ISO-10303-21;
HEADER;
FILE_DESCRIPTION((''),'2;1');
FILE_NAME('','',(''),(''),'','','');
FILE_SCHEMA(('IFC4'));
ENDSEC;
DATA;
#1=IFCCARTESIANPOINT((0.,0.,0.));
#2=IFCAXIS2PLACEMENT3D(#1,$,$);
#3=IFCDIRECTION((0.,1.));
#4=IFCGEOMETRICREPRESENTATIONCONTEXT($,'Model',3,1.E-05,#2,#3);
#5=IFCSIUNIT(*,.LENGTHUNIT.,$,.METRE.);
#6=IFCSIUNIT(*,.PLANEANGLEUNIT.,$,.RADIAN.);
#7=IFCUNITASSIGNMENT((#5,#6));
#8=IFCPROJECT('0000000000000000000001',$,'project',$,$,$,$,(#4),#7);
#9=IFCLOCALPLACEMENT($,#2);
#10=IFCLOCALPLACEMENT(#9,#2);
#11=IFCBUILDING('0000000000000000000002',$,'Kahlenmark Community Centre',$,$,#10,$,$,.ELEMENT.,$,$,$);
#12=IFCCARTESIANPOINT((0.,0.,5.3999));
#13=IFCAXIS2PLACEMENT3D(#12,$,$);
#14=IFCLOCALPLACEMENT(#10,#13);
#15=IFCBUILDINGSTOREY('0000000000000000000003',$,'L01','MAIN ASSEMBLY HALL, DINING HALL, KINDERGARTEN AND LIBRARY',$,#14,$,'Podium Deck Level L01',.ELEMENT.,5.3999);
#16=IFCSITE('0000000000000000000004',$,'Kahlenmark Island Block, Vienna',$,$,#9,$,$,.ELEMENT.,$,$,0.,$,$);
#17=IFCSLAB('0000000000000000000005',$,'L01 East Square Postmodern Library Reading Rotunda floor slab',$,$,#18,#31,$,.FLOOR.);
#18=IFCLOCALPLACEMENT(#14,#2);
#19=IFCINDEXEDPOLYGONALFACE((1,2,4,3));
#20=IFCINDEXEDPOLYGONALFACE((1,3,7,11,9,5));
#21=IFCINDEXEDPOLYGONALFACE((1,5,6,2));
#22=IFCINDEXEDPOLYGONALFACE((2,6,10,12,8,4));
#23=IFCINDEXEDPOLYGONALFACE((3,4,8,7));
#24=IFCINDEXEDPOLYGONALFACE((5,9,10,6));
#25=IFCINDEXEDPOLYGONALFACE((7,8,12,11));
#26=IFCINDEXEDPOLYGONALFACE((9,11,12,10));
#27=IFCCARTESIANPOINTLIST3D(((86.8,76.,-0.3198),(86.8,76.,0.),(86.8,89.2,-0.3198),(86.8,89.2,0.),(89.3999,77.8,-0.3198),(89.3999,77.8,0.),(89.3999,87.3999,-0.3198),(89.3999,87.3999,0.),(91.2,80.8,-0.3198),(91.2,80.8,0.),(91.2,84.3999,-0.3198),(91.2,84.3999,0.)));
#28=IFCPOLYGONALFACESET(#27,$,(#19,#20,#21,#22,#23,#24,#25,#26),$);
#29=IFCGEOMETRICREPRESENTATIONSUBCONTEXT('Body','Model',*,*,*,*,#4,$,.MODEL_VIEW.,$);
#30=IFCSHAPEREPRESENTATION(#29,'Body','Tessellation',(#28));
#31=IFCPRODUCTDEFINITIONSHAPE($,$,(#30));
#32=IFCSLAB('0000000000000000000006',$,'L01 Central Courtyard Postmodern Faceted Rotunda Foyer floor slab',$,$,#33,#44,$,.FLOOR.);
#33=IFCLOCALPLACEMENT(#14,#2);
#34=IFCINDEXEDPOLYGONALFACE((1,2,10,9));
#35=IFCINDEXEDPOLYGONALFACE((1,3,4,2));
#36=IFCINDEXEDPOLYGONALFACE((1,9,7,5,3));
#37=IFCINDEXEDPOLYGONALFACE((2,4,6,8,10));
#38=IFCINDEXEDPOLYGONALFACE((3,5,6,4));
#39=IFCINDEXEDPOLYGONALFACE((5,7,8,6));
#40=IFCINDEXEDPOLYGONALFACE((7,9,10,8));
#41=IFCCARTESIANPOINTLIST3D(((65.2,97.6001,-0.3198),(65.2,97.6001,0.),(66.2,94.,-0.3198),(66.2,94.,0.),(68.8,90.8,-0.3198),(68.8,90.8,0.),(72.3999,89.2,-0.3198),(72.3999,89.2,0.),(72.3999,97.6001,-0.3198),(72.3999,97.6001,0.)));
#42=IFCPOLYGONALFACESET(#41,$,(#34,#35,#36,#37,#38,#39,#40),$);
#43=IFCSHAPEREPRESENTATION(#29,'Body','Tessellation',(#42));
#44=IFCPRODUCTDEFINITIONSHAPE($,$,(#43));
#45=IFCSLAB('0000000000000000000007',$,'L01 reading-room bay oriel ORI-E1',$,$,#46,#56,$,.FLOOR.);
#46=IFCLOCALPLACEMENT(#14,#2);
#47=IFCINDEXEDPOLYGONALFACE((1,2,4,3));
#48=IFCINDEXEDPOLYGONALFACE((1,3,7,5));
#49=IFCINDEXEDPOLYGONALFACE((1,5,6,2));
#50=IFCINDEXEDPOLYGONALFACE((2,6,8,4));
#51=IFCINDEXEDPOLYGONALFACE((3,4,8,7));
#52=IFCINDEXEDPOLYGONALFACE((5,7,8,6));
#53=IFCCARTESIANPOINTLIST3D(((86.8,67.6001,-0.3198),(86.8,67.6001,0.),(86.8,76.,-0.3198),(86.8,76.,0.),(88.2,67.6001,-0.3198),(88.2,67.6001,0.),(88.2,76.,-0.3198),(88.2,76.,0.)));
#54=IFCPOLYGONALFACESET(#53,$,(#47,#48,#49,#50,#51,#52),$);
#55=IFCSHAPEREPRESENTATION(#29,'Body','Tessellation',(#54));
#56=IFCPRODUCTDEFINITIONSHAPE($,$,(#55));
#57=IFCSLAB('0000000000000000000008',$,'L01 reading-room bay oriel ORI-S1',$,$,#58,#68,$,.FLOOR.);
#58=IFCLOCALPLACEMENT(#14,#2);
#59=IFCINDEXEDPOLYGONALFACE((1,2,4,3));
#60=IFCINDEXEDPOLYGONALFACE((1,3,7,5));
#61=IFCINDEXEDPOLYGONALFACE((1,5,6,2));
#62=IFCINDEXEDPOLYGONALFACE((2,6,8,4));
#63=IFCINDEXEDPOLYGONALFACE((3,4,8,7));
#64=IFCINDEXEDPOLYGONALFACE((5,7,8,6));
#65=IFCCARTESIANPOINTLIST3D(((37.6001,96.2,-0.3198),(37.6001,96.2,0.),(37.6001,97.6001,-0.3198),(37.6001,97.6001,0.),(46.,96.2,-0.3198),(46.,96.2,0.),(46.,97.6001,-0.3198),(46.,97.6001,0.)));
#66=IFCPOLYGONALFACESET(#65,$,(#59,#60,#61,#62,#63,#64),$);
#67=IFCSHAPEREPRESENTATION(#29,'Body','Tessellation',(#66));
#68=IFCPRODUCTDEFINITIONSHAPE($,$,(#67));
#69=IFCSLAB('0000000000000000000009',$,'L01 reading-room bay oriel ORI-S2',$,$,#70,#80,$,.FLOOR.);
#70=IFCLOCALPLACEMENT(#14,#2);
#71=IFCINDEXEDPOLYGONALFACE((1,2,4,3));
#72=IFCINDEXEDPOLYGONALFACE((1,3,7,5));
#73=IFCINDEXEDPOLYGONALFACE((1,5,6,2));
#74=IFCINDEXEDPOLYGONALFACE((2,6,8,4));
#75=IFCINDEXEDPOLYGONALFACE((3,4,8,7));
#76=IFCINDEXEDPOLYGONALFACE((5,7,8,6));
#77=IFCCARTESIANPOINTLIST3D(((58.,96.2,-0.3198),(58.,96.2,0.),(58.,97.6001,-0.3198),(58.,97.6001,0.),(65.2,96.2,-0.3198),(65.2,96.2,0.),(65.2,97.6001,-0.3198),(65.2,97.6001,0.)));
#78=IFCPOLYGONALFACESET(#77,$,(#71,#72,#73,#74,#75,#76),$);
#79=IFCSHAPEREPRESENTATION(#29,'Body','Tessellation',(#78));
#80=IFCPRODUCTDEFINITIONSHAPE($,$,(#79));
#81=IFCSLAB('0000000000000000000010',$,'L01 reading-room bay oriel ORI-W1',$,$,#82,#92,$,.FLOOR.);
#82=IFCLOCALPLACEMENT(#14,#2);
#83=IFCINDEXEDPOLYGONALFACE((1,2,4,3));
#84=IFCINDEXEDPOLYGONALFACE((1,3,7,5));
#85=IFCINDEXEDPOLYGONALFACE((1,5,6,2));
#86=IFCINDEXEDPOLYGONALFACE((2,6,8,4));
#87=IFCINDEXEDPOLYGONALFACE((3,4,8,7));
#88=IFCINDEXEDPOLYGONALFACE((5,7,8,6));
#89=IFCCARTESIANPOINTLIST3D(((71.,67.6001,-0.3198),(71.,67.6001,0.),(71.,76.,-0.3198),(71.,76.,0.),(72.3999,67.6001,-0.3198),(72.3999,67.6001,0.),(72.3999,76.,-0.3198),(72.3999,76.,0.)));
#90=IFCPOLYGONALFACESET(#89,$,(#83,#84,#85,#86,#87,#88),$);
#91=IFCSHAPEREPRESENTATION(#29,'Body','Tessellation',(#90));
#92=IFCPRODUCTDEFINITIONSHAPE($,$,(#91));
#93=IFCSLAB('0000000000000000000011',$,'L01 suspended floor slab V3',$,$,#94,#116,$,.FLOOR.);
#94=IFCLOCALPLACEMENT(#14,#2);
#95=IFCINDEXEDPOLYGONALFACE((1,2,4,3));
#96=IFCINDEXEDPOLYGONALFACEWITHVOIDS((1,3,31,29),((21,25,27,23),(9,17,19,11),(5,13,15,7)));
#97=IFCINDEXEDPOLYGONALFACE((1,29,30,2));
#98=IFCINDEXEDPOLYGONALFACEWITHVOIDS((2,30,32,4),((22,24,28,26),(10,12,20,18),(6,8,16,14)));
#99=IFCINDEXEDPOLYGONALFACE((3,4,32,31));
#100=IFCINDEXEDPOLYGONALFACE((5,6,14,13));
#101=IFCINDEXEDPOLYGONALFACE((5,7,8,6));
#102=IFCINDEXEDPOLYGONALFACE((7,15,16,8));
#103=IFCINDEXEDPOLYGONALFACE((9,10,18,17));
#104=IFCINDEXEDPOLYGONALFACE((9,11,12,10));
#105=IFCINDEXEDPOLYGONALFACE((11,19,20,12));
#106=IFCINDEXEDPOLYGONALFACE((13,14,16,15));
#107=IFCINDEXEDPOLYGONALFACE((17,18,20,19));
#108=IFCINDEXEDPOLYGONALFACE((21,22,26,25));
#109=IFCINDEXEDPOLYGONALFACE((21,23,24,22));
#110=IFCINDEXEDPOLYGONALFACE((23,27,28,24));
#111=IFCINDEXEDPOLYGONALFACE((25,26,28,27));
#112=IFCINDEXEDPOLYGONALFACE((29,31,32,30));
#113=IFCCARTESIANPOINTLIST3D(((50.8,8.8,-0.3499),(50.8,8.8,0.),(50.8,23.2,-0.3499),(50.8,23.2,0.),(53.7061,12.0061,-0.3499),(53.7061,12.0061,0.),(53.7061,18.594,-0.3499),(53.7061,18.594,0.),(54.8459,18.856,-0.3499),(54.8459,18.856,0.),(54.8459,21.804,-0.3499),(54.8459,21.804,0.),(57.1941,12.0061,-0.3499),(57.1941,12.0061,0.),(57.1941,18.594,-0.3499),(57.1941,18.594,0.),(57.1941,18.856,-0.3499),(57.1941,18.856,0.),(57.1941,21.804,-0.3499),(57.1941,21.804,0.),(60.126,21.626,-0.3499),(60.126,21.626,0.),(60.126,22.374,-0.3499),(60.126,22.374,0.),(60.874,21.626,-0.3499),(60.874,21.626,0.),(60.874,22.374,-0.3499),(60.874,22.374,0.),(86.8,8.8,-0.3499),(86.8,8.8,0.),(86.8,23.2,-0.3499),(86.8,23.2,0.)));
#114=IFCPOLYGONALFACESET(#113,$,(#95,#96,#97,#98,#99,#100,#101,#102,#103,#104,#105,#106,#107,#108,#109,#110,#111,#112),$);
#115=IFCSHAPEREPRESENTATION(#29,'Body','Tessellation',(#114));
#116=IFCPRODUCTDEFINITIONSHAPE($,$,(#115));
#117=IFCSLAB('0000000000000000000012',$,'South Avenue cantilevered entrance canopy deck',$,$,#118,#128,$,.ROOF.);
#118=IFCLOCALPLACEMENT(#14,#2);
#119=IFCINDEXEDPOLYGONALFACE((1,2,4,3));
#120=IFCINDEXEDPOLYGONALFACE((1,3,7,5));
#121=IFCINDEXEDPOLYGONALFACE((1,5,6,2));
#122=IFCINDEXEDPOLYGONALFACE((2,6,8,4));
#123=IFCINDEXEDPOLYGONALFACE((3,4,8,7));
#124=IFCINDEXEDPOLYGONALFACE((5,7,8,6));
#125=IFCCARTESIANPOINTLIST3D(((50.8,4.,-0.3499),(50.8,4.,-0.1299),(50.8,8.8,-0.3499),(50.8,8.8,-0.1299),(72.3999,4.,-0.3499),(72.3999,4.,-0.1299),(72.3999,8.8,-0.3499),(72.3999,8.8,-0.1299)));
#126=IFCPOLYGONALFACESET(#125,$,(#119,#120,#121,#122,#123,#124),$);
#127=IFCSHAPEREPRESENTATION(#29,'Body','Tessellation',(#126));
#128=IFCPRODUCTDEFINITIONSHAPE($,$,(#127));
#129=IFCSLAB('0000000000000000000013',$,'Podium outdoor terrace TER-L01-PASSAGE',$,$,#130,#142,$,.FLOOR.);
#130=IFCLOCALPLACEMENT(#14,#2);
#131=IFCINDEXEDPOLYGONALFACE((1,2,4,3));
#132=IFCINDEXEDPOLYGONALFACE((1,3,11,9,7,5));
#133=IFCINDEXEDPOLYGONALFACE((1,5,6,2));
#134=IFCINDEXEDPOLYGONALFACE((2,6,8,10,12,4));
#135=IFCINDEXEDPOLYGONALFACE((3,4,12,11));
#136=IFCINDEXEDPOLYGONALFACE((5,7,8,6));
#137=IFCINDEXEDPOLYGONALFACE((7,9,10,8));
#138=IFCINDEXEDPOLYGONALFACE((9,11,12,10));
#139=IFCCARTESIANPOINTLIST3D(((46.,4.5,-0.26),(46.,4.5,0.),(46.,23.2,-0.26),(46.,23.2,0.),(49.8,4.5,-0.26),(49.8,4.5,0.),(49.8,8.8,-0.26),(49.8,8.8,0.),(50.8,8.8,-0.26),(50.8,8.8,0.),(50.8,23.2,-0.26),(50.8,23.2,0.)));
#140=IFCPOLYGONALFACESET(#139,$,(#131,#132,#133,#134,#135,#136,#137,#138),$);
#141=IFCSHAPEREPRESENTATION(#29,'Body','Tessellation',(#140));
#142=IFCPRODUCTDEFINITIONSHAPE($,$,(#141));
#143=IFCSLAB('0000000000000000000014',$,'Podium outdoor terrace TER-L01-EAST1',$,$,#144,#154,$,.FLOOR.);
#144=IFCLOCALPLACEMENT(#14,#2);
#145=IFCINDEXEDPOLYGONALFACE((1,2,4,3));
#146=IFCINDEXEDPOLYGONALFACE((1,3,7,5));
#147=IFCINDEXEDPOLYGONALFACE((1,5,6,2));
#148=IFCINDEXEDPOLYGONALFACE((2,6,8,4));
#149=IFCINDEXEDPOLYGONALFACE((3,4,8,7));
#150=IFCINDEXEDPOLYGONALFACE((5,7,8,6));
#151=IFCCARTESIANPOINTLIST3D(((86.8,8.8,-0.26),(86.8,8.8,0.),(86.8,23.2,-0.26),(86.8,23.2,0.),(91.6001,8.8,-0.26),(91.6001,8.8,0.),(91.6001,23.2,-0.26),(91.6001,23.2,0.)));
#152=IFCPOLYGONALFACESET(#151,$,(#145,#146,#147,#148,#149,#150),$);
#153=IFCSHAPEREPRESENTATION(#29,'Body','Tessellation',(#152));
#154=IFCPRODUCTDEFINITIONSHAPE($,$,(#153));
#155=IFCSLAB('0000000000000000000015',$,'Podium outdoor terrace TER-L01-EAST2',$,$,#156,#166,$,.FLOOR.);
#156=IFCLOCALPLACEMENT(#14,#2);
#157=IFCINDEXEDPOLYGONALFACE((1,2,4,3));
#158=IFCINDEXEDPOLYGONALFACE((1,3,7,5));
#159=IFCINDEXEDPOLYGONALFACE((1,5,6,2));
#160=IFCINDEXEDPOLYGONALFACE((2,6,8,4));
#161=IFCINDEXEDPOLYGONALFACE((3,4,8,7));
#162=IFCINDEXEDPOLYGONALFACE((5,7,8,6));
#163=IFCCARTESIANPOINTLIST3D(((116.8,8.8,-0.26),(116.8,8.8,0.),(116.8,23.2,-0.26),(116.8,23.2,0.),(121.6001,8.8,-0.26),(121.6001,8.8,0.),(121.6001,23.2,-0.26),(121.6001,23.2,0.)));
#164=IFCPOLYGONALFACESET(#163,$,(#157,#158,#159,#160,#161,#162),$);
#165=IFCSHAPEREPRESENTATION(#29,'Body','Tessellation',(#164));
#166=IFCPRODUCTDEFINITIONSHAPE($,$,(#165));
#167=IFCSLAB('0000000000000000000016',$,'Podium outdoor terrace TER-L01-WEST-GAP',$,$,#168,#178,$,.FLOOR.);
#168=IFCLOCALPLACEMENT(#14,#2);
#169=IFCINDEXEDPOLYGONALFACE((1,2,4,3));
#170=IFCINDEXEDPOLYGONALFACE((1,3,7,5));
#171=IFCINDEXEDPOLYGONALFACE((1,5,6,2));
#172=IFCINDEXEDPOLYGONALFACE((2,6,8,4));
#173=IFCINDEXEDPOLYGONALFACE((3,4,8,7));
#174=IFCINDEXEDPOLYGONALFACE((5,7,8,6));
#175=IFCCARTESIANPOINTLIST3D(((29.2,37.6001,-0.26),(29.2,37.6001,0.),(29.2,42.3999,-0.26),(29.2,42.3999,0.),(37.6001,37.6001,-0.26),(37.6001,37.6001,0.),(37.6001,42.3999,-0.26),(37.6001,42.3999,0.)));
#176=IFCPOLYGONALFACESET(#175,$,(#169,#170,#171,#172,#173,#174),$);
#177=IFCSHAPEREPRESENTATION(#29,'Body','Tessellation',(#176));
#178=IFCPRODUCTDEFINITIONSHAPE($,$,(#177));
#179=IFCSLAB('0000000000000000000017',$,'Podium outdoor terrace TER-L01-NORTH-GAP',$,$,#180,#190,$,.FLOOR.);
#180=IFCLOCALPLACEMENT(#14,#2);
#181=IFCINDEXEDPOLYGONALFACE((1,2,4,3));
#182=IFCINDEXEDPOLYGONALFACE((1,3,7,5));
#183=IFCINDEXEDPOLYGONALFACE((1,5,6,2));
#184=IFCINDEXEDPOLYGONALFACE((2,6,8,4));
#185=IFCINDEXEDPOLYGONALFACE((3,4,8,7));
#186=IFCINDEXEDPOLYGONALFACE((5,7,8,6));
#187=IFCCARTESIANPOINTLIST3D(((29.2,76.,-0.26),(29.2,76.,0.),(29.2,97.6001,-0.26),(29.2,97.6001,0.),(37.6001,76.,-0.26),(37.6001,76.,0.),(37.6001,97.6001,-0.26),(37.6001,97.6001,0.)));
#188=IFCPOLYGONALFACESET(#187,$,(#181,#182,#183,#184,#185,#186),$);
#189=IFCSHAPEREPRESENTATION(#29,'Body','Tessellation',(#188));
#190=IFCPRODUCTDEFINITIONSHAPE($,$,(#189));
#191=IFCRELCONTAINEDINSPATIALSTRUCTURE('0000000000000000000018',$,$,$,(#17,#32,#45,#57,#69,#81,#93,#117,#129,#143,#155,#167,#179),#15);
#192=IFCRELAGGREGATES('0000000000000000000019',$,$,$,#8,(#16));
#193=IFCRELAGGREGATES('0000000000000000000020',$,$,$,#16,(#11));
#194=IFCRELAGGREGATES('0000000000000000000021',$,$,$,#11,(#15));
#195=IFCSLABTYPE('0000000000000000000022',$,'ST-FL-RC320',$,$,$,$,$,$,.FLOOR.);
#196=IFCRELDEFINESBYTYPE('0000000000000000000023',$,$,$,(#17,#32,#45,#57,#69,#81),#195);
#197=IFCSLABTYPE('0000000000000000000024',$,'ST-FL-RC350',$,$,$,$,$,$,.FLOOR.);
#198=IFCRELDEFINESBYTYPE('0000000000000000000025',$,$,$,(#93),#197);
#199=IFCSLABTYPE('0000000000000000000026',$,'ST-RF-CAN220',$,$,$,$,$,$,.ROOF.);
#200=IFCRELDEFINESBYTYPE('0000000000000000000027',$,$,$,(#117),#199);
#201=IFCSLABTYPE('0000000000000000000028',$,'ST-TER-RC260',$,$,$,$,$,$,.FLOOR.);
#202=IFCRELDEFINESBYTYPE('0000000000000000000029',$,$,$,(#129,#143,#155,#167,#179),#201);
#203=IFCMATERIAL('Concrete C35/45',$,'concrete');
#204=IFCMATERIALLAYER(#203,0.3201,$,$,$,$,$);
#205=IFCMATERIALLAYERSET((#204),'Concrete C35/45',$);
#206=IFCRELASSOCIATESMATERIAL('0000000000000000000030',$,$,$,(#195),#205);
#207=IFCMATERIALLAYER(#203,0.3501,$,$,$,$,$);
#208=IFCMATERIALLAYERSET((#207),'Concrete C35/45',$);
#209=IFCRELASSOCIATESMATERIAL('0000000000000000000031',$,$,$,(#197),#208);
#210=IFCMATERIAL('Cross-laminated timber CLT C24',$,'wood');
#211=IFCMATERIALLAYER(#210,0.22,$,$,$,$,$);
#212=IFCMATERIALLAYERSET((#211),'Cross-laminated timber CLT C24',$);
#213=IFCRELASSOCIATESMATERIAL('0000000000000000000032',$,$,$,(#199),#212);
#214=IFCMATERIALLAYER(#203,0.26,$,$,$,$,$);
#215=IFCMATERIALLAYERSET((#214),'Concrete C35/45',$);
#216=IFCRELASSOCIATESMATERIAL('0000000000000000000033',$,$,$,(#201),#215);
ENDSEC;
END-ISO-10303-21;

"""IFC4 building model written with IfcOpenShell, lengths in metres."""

from ifc_helpers import new_model, si_unit, direction, frame, origin, place, context, subcontext, project, spatial, polyline, outline, extrude, material, layer, layer_set, type_object, element, save


model = new_model("IFC4")

# Units and contexts
model_context = context("Model", 3, precision=1e-05, world=origin(), true_north=direction((0.0, 1.0)))
body_context = subcontext(model_context, "Body", "Model", "MODEL_VIEW")
ifc_project = project(units=[si_unit("LENGTHUNIT", "METRE"), si_unit("PLANEANGLEUNIT", "RADIAN")], contexts=[model_context])

# Site, building, storey
site_placement = place(None, origin())
site = spatial("IfcSite", under=ifc_project, at=site_placement, Name="Kahlenmark Island Block, Vienna", CompositionType="ELEMENT", RefElevation=0.0)
building_placement = place(site_placement, origin())
building = spatial("IfcBuilding", under=site, at=building_placement, Name="Kahlenmark Community Centre", CompositionType="ELEMENT")
storey_placement = place(building_placement, frame((0.0, 0.0, 5.3999)))
storey = spatial("IfcBuildingStorey", under=building, at=storey_placement, Name="L01", Description="MAIN ASSEMBLY HALL, DINING HALL, KINDERGARTEN AND LIBRARY", LongName="Podium Deck Level L01", CompositionType="ELEMENT", Elevation=5.3999)

# Slabs
ifc_material_1 = material(Name="Concrete C35/45", Category="concrete")
ifc_layer_1 = layer(ifc_material_1, 0.3201)
ifc_layer_set_1 = layer_set([ifc_layer_1], Name="Concrete C35/45")
slab_type_1 = type_object("IfcSlabType", Name="ST-FL-RC320", PredefinedType="FLOOR", material=ifc_layer_set_1)
slab_1_placement = place(storey_placement, frame((0.0, 0.0, -0.3198)))
element("IfcSlab", 1, at=slab_1_placement, inside=storey, type_object=slab_type_1, Name="L01 East Square Postmodern Library Reading Rotunda floor slab", PredefinedType="FLOOR", context=body_context, shape_type="SweptSolid", body=[
    extrude(outline(polyline([(86.8, 76.0), (89.3999, 77.8), (91.2, 80.8), (91.2, 84.3999), (89.3999, 87.3999), (86.8, 89.2), (86.8, 76.0)])), origin(), (0.0, 0.0, 1.0), 0.3198),
])
slab_2_placement = place(storey_placement, frame((0.0, 0.0, -0.3198)))
element("IfcSlab", 2, at=slab_2_placement, inside=storey, type_object=slab_type_1, Name="L01 Central Courtyard Postmodern Faceted Rotunda Foyer floor slab", PredefinedType="FLOOR", context=body_context, shape_type="SweptSolid", body=[
    extrude(outline(polyline([(65.2, 97.6001), (66.2, 94.0), (68.8, 90.8), (72.3999, 89.2), (72.3999, 97.6001), (65.2, 97.6001)])), origin(), (0.0, 0.0, 1.0), 0.3198),
])
slab_3_placement = place(storey_placement, frame((0.0, 0.0, -0.3198)))
element("IfcSlab", 3, at=slab_3_placement, inside=storey, type_object=slab_type_1, Name="L01 reading-room bay oriel ORI-E1", PredefinedType="FLOOR", context=body_context, shape_type="SweptSolid", body=[
    extrude(outline(polyline([(86.8, 67.6001), (88.2, 67.6001), (88.2, 76.0), (86.8, 76.0), (86.8, 67.6001)])), origin(), (0.0, 0.0, 1.0), 0.3198),
])
slab_4_placement = place(storey_placement, frame((0.0, 0.0, -0.3198)))
element("IfcSlab", 4, at=slab_4_placement, inside=storey, type_object=slab_type_1, Name="L01 reading-room bay oriel ORI-S1", PredefinedType="FLOOR", context=body_context, shape_type="SweptSolid", body=[
    extrude(outline(polyline([(37.6001, 96.2), (46.0, 96.2), (46.0, 97.6001), (37.6001, 97.6001), (37.6001, 96.2)])), origin(), (0.0, 0.0, 1.0), 0.3198),
])
slab_5_placement = place(storey_placement, frame((0.0, 0.0, -0.3198)))
element("IfcSlab", 5, at=slab_5_placement, inside=storey, type_object=slab_type_1, Name="L01 reading-room bay oriel ORI-S2", PredefinedType="FLOOR", context=body_context, shape_type="SweptSolid", body=[
    extrude(outline(polyline([(58.0, 96.2), (65.2, 96.2), (65.2, 97.6001), (58.0, 97.6001), (58.0, 96.2)])), origin(), (0.0, 0.0, 1.0), 0.3198),
])
slab_6_placement = place(storey_placement, frame((0.0, 0.0, -0.3198)))
element("IfcSlab", 6, at=slab_6_placement, inside=storey, type_object=slab_type_1, Name="L01 reading-room bay oriel ORI-W1", PredefinedType="FLOOR", context=body_context, shape_type="SweptSolid", body=[
    extrude(outline(polyline([(71.0, 67.6001), (72.3999, 67.6001), (72.3999, 76.0), (71.0, 76.0), (71.0, 67.6001)])), origin(), (0.0, 0.0, 1.0), 0.3198),
])
ifc_layer_2 = layer(ifc_material_1, 0.3501)
ifc_layer_set_2 = layer_set([ifc_layer_2], Name="Concrete C35/45")
slab_type_2 = type_object("IfcSlabType", Name="ST-FL-RC350", PredefinedType="FLOOR", material=ifc_layer_set_2)
slab_7_placement = place(storey_placement, frame((0.0, 0.0, -0.3499)))
element("IfcSlab", 7, at=slab_7_placement, inside=storey, type_object=slab_type_2, Name="L01 suspended floor slab V3", PredefinedType="FLOOR", context=body_context, shape_type="SweptSolid", body=[
    extrude(outline(polyline([(50.8, 8.8), (86.8, 8.8), (86.8, 23.2), (50.8, 23.2), (50.8, 8.8)]), holes=[polyline([(53.7061, 12.0061), (57.1941, 12.0061), (57.1941, 18.594), (53.7061, 18.594), (53.7061, 12.0061)]), polyline([(54.8459, 18.856), (57.1941, 18.856), (57.1941, 21.804), (54.8459, 21.804), (54.8459, 18.856)]), polyline([(60.126, 21.626), (60.874, 21.626), (60.874, 22.374), (60.126, 22.374), (60.126, 21.626)])]), origin(), (0.0, 0.0, 1.0), 0.3499),
])
ifc_material_2 = material(Name="Cross-laminated timber CLT C24", Category="wood")
ifc_layer_3 = layer(ifc_material_2, 0.22)
ifc_layer_set_3 = layer_set([ifc_layer_3], Name="Cross-laminated timber CLT C24")
slab_type_3 = type_object("IfcSlabType", Name="ST-RF-CAN220", PredefinedType="ROOF", material=ifc_layer_set_3)
slab_8_placement = place(storey_placement, frame((0.0, 0.0, -0.3499)))
element("IfcSlab", 8, at=slab_8_placement, inside=storey, type_object=slab_type_3, Name="South Avenue cantilevered entrance canopy deck", PredefinedType="ROOF", context=body_context, shape_type="SweptSolid", body=[
    extrude(outline(polyline([(50.8, 4.0), (72.3999, 4.0), (72.3999, 8.8), (50.8, 8.8), (50.8, 4.0)])), origin(), (0.0, 0.0, 1.0), 0.22),
])
ifc_layer_4 = layer(ifc_material_1, 0.26)
ifc_layer_set_4 = layer_set([ifc_layer_4], Name="Concrete C35/45")
slab_type_4 = type_object("IfcSlabType", Name="ST-TER-RC260", PredefinedType="FLOOR", material=ifc_layer_set_4)
slab_9_placement = place(storey_placement, frame((0.0, 0.0, -0.26)))
element("IfcSlab", 9, at=slab_9_placement, inside=storey, type_object=slab_type_4, Name="Podium outdoor terrace TER-L01-PASSAGE", PredefinedType="FLOOR", context=body_context, shape_type="SweptSolid", body=[
    extrude(outline(polyline([(46.0, 4.5), (49.8, 4.5), (49.8, 8.8), (50.8, 8.8), (50.8, 23.2), (46.0, 23.2), (46.0, 4.5)])), origin(), (0.0, 0.0, 1.0), 0.26),
])
slab_10_placement = place(storey_placement, frame((0.0, 0.0, -0.26)))
element("IfcSlab", 10, at=slab_10_placement, inside=storey, type_object=slab_type_4, Name="Podium outdoor terrace TER-L01-EAST1", PredefinedType="FLOOR", context=body_context, shape_type="SweptSolid", body=[
    extrude(outline(polyline([(86.8, 8.8), (91.6001, 8.8), (91.6001, 23.2), (86.8, 23.2), (86.8, 8.8)])), origin(), (0.0, 0.0, 1.0), 0.26),
])
slab_11_placement = place(storey_placement, frame((0.0, 0.0, -0.26)))
element("IfcSlab", 11, at=slab_11_placement, inside=storey, type_object=slab_type_4, Name="Podium outdoor terrace TER-L01-EAST2", PredefinedType="FLOOR", context=body_context, shape_type="SweptSolid", body=[
    extrude(outline(polyline([(116.8, 8.8), (121.6001, 8.8), (121.6001, 23.2), (116.8, 23.2), (116.8, 8.8)])), origin(), (0.0, 0.0, 1.0), 0.26),
])
slab_12_placement = place(storey_placement, frame((0.0, 0.0, -0.26)))
element("IfcSlab", 12, at=slab_12_placement, inside=storey, type_object=slab_type_4, Name="Podium outdoor terrace TER-L01-WEST-GAP", PredefinedType="FLOOR", context=body_context, shape_type="SweptSolid", body=[
    extrude(outline(polyline([(29.2, 37.6001), (37.6001, 37.6001), (37.6001, 42.3999), (29.2, 42.3999), (29.2, 37.6001)])), origin(), (0.0, 0.0, 1.0), 0.26),
])
slab_13_placement = place(storey_placement, frame((0.0, 0.0, -0.26)))
element("IfcSlab", 13, at=slab_13_placement, inside=storey, type_object=slab_type_4, Name="Podium outdoor terrace TER-L01-NORTH-GAP", PredefinedType="FLOOR", context=body_context, shape_type="SweptSolid", body=[
    extrude(outline(polyline([(29.2, 76.0), (37.6001, 76.0), (37.6001, 97.6001), (29.2, 97.6001), (29.2, 76.0)])), origin(), (0.0, 0.0, 1.0), 0.26),
])

save(model, "model.ifc")
